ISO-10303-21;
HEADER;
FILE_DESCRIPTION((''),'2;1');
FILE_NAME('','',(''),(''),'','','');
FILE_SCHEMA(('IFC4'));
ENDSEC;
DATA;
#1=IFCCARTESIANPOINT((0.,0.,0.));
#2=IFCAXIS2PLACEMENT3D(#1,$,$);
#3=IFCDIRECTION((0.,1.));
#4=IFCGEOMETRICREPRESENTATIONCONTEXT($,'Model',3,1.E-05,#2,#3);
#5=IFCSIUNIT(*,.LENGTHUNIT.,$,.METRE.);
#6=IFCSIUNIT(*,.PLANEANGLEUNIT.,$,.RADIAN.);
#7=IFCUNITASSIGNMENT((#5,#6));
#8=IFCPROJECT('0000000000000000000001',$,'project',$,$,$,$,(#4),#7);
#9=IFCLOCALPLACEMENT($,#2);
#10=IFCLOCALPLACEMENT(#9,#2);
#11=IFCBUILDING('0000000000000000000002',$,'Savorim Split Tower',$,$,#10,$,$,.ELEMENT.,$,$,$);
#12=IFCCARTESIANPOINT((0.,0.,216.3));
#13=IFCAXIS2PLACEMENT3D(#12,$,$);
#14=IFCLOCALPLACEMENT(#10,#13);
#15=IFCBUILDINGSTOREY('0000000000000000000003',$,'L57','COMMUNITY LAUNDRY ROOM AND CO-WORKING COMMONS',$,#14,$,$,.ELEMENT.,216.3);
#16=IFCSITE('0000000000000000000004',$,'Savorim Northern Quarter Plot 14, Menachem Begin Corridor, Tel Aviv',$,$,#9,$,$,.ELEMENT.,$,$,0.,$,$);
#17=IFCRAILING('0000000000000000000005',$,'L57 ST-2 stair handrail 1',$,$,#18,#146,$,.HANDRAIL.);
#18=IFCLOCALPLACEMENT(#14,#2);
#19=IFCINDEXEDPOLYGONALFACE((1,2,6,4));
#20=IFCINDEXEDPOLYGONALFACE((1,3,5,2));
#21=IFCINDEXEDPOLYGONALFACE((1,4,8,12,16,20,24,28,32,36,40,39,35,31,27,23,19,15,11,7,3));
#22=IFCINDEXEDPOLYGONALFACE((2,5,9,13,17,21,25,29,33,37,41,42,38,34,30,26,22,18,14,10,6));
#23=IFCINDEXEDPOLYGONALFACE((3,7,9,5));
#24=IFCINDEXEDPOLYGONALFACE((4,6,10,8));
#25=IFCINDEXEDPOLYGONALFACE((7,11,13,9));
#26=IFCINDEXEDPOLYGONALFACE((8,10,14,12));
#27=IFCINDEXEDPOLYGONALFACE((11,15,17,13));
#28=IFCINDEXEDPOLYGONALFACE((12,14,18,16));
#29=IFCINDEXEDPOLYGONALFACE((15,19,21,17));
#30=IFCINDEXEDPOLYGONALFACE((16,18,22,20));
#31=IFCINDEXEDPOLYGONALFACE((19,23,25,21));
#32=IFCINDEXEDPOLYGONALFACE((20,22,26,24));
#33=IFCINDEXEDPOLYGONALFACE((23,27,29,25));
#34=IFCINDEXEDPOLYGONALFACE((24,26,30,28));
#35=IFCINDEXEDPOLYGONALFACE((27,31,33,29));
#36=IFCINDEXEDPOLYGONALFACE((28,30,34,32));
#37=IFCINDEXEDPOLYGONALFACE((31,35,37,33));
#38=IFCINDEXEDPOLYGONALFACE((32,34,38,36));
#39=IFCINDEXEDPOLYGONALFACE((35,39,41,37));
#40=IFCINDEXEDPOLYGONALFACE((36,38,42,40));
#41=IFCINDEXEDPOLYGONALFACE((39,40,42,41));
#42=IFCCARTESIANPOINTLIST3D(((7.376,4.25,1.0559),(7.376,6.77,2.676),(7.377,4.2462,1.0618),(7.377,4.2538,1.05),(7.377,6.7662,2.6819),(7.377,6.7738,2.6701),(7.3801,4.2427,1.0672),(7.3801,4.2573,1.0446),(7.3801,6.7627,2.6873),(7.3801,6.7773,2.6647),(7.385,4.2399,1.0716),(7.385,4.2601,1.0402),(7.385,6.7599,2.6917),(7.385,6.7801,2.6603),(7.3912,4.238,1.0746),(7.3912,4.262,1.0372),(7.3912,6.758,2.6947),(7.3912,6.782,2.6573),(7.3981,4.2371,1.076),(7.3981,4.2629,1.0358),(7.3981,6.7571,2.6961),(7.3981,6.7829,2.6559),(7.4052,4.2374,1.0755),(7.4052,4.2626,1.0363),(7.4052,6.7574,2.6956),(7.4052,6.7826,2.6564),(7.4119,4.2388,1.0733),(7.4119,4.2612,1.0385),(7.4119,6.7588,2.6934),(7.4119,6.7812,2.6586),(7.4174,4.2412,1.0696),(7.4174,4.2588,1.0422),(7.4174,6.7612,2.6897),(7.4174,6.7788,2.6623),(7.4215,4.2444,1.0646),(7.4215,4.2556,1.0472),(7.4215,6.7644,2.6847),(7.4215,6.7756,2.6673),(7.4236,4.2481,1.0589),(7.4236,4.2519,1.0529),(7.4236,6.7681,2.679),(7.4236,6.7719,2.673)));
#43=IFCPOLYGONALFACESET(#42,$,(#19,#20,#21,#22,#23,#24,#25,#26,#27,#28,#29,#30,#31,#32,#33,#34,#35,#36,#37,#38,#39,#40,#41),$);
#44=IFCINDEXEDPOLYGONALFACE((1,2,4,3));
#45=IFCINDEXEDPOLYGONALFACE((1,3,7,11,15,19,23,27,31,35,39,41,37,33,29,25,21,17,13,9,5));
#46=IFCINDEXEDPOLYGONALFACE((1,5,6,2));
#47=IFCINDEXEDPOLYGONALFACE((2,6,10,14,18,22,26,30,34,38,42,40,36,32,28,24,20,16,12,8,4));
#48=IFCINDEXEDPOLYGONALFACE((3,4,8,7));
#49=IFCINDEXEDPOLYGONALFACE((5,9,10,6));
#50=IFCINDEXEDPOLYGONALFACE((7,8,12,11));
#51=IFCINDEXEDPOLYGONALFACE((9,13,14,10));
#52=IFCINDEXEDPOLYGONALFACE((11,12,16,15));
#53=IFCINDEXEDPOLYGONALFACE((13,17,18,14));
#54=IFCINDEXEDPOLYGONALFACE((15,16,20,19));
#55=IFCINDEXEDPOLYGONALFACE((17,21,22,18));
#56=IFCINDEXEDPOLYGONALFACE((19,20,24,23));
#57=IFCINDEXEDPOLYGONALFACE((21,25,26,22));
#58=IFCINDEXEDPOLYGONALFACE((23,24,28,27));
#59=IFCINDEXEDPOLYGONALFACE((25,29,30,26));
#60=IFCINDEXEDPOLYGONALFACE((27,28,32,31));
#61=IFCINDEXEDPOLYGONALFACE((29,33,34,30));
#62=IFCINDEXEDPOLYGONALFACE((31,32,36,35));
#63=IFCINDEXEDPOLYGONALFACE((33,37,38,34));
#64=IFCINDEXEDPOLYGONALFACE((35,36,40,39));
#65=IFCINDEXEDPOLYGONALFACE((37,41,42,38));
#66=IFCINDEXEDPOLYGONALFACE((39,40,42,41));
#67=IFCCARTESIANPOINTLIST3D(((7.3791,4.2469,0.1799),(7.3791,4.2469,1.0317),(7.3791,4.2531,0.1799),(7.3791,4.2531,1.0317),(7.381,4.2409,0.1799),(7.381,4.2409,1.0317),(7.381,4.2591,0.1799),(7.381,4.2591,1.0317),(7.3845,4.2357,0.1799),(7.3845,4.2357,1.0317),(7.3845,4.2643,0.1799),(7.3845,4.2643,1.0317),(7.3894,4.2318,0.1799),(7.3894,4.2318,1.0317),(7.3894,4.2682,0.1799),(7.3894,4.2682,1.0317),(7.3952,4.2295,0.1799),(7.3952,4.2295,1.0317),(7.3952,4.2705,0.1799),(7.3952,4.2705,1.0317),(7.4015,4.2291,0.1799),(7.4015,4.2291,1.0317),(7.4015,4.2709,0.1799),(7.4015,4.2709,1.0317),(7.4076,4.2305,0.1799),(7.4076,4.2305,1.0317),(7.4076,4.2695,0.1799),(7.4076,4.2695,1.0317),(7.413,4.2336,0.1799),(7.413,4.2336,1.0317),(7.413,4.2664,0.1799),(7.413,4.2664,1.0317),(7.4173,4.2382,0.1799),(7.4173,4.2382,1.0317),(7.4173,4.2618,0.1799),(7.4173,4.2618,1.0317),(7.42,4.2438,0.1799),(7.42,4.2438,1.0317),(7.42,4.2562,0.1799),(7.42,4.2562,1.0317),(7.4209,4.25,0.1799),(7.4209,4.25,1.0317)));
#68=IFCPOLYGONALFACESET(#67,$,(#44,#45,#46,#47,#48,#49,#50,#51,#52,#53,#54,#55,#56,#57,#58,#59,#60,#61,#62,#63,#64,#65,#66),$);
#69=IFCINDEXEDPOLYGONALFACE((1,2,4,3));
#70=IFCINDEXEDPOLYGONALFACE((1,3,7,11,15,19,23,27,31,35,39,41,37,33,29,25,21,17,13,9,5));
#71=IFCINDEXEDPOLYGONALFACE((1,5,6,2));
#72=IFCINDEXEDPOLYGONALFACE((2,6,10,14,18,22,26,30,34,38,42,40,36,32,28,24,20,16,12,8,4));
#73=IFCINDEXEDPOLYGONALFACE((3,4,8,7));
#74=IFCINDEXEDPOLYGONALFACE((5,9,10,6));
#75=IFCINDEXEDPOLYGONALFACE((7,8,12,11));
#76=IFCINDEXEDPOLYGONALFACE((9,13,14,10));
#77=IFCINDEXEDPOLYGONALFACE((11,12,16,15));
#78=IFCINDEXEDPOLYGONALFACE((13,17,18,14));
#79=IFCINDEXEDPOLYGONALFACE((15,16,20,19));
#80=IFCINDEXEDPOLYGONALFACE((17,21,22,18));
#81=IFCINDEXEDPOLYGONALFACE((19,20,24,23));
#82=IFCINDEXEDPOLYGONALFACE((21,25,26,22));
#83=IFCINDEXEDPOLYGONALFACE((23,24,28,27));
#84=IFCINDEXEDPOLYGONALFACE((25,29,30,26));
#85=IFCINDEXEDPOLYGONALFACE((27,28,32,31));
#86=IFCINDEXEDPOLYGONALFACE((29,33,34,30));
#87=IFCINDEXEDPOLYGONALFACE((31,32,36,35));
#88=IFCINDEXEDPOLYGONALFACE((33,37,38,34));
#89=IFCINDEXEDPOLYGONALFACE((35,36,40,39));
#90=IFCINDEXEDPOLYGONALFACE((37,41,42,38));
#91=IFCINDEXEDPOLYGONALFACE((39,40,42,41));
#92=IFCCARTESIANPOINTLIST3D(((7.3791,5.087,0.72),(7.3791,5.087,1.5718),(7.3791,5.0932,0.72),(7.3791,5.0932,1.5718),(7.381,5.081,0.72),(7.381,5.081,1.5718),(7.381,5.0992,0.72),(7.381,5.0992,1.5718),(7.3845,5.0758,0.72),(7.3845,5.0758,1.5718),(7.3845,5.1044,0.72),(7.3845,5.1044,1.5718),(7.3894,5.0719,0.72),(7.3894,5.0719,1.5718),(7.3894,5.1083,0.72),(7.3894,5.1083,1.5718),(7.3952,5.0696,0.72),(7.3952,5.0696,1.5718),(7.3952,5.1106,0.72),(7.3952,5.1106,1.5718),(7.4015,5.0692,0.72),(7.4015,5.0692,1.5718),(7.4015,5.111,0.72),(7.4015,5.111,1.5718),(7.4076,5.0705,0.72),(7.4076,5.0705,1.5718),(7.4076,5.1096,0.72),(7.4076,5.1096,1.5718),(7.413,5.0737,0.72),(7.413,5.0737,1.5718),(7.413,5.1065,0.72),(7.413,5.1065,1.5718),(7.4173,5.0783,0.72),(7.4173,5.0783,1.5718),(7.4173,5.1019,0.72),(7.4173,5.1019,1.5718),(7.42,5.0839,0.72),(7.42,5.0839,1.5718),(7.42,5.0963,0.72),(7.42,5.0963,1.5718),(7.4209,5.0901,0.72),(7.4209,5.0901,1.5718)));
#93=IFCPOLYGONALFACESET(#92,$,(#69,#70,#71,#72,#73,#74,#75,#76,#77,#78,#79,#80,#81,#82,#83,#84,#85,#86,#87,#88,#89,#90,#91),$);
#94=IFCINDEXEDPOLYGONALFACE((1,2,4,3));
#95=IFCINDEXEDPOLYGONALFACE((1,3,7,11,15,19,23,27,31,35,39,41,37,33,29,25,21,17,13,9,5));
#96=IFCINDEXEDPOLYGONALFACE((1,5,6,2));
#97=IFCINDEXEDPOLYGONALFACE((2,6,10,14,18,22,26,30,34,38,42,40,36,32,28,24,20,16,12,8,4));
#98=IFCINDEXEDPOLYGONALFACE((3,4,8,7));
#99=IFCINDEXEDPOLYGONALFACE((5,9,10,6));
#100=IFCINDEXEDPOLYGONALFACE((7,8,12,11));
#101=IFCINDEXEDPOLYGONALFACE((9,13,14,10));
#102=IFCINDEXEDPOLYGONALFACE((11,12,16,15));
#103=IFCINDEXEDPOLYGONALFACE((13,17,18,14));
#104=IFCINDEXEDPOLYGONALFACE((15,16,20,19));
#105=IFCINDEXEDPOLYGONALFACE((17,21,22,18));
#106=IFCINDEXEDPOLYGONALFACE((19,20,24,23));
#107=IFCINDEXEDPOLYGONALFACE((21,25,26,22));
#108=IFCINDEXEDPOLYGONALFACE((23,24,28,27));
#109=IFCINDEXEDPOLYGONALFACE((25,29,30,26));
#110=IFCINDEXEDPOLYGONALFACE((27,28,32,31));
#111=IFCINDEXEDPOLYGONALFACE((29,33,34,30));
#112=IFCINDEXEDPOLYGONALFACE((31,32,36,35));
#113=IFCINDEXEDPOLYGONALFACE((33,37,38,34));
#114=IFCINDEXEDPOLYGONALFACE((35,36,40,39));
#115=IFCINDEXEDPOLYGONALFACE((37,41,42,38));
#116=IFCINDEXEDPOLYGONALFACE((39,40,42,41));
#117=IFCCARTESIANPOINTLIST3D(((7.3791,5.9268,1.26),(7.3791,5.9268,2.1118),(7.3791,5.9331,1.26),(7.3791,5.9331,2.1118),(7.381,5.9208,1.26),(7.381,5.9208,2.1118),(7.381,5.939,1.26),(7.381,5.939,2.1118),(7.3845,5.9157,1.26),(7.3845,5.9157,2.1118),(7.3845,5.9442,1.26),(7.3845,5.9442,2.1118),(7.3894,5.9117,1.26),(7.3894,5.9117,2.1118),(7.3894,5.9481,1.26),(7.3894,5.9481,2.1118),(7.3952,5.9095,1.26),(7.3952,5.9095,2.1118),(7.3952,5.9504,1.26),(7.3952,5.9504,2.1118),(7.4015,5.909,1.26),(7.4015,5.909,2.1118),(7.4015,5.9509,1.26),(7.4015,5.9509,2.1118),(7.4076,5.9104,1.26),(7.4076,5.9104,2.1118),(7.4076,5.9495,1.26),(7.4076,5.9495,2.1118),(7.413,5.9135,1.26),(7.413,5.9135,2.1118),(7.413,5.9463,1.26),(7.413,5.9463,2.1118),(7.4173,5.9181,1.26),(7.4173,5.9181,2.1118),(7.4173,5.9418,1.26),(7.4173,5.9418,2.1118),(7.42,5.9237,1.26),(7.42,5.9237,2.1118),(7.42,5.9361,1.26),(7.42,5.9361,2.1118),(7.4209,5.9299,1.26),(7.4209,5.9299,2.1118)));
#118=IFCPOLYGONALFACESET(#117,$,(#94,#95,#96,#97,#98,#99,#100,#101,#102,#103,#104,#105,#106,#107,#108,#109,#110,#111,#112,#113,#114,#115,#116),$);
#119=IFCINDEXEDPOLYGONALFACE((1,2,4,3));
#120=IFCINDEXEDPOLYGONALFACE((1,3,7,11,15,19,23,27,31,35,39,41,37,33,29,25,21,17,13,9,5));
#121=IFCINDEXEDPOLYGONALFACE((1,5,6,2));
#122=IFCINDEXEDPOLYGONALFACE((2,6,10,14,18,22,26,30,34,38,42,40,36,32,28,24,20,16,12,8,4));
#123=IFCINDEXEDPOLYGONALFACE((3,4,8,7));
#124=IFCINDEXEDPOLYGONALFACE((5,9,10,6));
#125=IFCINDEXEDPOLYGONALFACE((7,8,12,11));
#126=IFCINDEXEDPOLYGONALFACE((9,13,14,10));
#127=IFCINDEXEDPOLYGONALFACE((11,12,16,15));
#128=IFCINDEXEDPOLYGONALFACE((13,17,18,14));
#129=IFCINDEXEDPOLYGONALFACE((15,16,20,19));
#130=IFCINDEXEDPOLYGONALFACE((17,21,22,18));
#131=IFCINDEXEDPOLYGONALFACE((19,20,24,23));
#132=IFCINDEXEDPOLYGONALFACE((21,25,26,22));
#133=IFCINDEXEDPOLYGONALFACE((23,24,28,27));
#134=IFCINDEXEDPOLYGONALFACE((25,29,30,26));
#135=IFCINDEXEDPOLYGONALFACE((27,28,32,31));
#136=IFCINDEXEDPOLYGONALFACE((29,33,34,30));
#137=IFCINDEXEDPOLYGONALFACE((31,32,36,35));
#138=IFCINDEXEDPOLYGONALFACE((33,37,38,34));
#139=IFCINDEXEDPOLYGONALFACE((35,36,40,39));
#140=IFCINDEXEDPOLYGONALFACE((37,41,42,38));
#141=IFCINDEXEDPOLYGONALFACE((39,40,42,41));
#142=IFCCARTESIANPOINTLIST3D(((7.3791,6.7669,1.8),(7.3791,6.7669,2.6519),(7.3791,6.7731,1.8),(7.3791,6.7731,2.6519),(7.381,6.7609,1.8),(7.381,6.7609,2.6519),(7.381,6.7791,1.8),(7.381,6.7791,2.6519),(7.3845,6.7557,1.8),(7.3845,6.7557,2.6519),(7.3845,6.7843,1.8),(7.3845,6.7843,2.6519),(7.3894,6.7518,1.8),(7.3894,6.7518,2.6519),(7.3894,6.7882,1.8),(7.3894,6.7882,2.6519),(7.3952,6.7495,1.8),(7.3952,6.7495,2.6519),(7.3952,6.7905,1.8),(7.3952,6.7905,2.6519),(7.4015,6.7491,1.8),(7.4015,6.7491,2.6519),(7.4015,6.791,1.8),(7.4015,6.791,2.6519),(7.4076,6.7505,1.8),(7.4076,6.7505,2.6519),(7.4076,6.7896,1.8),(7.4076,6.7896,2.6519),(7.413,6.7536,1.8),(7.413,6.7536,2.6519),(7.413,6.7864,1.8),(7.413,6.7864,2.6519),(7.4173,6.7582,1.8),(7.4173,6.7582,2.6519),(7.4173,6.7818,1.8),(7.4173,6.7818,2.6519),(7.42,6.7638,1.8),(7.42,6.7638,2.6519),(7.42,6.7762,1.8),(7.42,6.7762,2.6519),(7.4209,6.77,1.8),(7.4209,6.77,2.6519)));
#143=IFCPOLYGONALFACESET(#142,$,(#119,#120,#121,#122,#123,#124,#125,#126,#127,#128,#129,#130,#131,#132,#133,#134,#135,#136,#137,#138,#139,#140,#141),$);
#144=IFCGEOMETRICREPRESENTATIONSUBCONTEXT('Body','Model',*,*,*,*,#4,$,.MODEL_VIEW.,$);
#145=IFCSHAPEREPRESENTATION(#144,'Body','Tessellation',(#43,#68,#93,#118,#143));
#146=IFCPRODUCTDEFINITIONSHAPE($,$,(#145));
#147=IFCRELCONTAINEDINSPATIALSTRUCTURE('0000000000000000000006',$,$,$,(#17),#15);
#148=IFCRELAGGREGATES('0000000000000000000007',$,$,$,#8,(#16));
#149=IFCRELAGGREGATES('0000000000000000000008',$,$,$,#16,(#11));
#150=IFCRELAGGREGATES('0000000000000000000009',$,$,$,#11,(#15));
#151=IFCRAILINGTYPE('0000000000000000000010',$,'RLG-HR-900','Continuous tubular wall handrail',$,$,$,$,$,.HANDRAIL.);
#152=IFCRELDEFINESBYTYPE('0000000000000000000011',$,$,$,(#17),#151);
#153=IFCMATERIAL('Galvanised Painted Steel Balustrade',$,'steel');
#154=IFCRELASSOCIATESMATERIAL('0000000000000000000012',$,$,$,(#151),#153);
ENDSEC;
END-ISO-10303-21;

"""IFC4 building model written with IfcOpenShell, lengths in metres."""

from ifc_helpers import new_model, si_unit, direction, frame, origin, origin_2d, place, context, subcontext, project, spatial, circle, extrude, material, type_object, element, save


model = new_model("IFC4")

# Units and contexts
model_context = context("Model", 3, precision=1e-05, world=origin(), true_north=direction((0.0, 1.0)))
body_context = subcontext(model_context, "Body", "Model", "MODEL_VIEW")
ifc_project = project(units=[si_unit("LENGTHUNIT", "METRE"), si_unit("PLANEANGLEUNIT", "RADIAN")], contexts=[model_context])

# Site, building, storey
site_placement = place(None, origin())
site = spatial("IfcSite", under=ifc_project, at=site_placement, Name="Savorim Northern Quarter Plot 14, Menachem Begin Corridor, Tel Aviv", CompositionType="ELEMENT", RefElevation=0.0)
building_placement = place(site_placement, origin())
building = spatial("IfcBuilding", under=site, at=building_placement, Name="Savorim Split Tower", CompositionType="ELEMENT")
storey_placement = place(building_placement, frame((0.0, 0.0, 216.3)))
storey = spatial("IfcBuildingStorey", under=building, at=storey_placement, Name="L57", Description="COMMUNITY LAUNDRY ROOM AND CO-WORKING COMMONS", CompositionType="ELEMENT", Elevation=216.3)

# Railing
ifc_material_1 = material(Name="Galvanised Painted Steel Balustrade", Category="steel")
railing_type_1 = type_object("IfcRailingType", Name="RLG-HR-900", Description="Continuous tubular wall handrail", PredefinedType="HANDRAIL", material=ifc_material_1)
railing_1_placement = place(storey_placement, frame((7.3999, 4.25, 0.1799)))
element("IfcRailing", 1, at=railing_1_placement, inside=storey, type_object=railing_type_1, Name="L57 ST-2 stair handrail 1", PredefinedType="HANDRAIL", context=body_context, shape_type="SweptSolid", body=[
    extrude(circle(Radius=0.0239, at=origin_2d()), frame((0.0, 0.0, 0.876), z_axis=(0.0, 0.841163, 0.540782), x_axis=(-1.0, 0.0, 0.0)), (0.0, 0.0, 1.0), 2.9958),
    extrude(circle(Radius=0.021, at=origin_2d()), origin(), (0.0, 0.0, 1.0), 0.8518),
    extrude(circle(Radius=0.021, at=origin_2d()), frame((0.0, 0.8401, 0.54)), (0.0, 0.0, 1.0), 0.8518),
    extrude(circle(Radius=0.021, at=origin_2d()), frame((0.0, 1.6799, 1.0801)), (0.0, 0.0, 1.0), 0.8518),
    extrude(circle(Radius=0.021, at=origin_2d()), frame((0.0, 2.52, 1.6201)), (0.0, 0.0, 1.0), 0.8518),
])

save(model, "model.ifc")
